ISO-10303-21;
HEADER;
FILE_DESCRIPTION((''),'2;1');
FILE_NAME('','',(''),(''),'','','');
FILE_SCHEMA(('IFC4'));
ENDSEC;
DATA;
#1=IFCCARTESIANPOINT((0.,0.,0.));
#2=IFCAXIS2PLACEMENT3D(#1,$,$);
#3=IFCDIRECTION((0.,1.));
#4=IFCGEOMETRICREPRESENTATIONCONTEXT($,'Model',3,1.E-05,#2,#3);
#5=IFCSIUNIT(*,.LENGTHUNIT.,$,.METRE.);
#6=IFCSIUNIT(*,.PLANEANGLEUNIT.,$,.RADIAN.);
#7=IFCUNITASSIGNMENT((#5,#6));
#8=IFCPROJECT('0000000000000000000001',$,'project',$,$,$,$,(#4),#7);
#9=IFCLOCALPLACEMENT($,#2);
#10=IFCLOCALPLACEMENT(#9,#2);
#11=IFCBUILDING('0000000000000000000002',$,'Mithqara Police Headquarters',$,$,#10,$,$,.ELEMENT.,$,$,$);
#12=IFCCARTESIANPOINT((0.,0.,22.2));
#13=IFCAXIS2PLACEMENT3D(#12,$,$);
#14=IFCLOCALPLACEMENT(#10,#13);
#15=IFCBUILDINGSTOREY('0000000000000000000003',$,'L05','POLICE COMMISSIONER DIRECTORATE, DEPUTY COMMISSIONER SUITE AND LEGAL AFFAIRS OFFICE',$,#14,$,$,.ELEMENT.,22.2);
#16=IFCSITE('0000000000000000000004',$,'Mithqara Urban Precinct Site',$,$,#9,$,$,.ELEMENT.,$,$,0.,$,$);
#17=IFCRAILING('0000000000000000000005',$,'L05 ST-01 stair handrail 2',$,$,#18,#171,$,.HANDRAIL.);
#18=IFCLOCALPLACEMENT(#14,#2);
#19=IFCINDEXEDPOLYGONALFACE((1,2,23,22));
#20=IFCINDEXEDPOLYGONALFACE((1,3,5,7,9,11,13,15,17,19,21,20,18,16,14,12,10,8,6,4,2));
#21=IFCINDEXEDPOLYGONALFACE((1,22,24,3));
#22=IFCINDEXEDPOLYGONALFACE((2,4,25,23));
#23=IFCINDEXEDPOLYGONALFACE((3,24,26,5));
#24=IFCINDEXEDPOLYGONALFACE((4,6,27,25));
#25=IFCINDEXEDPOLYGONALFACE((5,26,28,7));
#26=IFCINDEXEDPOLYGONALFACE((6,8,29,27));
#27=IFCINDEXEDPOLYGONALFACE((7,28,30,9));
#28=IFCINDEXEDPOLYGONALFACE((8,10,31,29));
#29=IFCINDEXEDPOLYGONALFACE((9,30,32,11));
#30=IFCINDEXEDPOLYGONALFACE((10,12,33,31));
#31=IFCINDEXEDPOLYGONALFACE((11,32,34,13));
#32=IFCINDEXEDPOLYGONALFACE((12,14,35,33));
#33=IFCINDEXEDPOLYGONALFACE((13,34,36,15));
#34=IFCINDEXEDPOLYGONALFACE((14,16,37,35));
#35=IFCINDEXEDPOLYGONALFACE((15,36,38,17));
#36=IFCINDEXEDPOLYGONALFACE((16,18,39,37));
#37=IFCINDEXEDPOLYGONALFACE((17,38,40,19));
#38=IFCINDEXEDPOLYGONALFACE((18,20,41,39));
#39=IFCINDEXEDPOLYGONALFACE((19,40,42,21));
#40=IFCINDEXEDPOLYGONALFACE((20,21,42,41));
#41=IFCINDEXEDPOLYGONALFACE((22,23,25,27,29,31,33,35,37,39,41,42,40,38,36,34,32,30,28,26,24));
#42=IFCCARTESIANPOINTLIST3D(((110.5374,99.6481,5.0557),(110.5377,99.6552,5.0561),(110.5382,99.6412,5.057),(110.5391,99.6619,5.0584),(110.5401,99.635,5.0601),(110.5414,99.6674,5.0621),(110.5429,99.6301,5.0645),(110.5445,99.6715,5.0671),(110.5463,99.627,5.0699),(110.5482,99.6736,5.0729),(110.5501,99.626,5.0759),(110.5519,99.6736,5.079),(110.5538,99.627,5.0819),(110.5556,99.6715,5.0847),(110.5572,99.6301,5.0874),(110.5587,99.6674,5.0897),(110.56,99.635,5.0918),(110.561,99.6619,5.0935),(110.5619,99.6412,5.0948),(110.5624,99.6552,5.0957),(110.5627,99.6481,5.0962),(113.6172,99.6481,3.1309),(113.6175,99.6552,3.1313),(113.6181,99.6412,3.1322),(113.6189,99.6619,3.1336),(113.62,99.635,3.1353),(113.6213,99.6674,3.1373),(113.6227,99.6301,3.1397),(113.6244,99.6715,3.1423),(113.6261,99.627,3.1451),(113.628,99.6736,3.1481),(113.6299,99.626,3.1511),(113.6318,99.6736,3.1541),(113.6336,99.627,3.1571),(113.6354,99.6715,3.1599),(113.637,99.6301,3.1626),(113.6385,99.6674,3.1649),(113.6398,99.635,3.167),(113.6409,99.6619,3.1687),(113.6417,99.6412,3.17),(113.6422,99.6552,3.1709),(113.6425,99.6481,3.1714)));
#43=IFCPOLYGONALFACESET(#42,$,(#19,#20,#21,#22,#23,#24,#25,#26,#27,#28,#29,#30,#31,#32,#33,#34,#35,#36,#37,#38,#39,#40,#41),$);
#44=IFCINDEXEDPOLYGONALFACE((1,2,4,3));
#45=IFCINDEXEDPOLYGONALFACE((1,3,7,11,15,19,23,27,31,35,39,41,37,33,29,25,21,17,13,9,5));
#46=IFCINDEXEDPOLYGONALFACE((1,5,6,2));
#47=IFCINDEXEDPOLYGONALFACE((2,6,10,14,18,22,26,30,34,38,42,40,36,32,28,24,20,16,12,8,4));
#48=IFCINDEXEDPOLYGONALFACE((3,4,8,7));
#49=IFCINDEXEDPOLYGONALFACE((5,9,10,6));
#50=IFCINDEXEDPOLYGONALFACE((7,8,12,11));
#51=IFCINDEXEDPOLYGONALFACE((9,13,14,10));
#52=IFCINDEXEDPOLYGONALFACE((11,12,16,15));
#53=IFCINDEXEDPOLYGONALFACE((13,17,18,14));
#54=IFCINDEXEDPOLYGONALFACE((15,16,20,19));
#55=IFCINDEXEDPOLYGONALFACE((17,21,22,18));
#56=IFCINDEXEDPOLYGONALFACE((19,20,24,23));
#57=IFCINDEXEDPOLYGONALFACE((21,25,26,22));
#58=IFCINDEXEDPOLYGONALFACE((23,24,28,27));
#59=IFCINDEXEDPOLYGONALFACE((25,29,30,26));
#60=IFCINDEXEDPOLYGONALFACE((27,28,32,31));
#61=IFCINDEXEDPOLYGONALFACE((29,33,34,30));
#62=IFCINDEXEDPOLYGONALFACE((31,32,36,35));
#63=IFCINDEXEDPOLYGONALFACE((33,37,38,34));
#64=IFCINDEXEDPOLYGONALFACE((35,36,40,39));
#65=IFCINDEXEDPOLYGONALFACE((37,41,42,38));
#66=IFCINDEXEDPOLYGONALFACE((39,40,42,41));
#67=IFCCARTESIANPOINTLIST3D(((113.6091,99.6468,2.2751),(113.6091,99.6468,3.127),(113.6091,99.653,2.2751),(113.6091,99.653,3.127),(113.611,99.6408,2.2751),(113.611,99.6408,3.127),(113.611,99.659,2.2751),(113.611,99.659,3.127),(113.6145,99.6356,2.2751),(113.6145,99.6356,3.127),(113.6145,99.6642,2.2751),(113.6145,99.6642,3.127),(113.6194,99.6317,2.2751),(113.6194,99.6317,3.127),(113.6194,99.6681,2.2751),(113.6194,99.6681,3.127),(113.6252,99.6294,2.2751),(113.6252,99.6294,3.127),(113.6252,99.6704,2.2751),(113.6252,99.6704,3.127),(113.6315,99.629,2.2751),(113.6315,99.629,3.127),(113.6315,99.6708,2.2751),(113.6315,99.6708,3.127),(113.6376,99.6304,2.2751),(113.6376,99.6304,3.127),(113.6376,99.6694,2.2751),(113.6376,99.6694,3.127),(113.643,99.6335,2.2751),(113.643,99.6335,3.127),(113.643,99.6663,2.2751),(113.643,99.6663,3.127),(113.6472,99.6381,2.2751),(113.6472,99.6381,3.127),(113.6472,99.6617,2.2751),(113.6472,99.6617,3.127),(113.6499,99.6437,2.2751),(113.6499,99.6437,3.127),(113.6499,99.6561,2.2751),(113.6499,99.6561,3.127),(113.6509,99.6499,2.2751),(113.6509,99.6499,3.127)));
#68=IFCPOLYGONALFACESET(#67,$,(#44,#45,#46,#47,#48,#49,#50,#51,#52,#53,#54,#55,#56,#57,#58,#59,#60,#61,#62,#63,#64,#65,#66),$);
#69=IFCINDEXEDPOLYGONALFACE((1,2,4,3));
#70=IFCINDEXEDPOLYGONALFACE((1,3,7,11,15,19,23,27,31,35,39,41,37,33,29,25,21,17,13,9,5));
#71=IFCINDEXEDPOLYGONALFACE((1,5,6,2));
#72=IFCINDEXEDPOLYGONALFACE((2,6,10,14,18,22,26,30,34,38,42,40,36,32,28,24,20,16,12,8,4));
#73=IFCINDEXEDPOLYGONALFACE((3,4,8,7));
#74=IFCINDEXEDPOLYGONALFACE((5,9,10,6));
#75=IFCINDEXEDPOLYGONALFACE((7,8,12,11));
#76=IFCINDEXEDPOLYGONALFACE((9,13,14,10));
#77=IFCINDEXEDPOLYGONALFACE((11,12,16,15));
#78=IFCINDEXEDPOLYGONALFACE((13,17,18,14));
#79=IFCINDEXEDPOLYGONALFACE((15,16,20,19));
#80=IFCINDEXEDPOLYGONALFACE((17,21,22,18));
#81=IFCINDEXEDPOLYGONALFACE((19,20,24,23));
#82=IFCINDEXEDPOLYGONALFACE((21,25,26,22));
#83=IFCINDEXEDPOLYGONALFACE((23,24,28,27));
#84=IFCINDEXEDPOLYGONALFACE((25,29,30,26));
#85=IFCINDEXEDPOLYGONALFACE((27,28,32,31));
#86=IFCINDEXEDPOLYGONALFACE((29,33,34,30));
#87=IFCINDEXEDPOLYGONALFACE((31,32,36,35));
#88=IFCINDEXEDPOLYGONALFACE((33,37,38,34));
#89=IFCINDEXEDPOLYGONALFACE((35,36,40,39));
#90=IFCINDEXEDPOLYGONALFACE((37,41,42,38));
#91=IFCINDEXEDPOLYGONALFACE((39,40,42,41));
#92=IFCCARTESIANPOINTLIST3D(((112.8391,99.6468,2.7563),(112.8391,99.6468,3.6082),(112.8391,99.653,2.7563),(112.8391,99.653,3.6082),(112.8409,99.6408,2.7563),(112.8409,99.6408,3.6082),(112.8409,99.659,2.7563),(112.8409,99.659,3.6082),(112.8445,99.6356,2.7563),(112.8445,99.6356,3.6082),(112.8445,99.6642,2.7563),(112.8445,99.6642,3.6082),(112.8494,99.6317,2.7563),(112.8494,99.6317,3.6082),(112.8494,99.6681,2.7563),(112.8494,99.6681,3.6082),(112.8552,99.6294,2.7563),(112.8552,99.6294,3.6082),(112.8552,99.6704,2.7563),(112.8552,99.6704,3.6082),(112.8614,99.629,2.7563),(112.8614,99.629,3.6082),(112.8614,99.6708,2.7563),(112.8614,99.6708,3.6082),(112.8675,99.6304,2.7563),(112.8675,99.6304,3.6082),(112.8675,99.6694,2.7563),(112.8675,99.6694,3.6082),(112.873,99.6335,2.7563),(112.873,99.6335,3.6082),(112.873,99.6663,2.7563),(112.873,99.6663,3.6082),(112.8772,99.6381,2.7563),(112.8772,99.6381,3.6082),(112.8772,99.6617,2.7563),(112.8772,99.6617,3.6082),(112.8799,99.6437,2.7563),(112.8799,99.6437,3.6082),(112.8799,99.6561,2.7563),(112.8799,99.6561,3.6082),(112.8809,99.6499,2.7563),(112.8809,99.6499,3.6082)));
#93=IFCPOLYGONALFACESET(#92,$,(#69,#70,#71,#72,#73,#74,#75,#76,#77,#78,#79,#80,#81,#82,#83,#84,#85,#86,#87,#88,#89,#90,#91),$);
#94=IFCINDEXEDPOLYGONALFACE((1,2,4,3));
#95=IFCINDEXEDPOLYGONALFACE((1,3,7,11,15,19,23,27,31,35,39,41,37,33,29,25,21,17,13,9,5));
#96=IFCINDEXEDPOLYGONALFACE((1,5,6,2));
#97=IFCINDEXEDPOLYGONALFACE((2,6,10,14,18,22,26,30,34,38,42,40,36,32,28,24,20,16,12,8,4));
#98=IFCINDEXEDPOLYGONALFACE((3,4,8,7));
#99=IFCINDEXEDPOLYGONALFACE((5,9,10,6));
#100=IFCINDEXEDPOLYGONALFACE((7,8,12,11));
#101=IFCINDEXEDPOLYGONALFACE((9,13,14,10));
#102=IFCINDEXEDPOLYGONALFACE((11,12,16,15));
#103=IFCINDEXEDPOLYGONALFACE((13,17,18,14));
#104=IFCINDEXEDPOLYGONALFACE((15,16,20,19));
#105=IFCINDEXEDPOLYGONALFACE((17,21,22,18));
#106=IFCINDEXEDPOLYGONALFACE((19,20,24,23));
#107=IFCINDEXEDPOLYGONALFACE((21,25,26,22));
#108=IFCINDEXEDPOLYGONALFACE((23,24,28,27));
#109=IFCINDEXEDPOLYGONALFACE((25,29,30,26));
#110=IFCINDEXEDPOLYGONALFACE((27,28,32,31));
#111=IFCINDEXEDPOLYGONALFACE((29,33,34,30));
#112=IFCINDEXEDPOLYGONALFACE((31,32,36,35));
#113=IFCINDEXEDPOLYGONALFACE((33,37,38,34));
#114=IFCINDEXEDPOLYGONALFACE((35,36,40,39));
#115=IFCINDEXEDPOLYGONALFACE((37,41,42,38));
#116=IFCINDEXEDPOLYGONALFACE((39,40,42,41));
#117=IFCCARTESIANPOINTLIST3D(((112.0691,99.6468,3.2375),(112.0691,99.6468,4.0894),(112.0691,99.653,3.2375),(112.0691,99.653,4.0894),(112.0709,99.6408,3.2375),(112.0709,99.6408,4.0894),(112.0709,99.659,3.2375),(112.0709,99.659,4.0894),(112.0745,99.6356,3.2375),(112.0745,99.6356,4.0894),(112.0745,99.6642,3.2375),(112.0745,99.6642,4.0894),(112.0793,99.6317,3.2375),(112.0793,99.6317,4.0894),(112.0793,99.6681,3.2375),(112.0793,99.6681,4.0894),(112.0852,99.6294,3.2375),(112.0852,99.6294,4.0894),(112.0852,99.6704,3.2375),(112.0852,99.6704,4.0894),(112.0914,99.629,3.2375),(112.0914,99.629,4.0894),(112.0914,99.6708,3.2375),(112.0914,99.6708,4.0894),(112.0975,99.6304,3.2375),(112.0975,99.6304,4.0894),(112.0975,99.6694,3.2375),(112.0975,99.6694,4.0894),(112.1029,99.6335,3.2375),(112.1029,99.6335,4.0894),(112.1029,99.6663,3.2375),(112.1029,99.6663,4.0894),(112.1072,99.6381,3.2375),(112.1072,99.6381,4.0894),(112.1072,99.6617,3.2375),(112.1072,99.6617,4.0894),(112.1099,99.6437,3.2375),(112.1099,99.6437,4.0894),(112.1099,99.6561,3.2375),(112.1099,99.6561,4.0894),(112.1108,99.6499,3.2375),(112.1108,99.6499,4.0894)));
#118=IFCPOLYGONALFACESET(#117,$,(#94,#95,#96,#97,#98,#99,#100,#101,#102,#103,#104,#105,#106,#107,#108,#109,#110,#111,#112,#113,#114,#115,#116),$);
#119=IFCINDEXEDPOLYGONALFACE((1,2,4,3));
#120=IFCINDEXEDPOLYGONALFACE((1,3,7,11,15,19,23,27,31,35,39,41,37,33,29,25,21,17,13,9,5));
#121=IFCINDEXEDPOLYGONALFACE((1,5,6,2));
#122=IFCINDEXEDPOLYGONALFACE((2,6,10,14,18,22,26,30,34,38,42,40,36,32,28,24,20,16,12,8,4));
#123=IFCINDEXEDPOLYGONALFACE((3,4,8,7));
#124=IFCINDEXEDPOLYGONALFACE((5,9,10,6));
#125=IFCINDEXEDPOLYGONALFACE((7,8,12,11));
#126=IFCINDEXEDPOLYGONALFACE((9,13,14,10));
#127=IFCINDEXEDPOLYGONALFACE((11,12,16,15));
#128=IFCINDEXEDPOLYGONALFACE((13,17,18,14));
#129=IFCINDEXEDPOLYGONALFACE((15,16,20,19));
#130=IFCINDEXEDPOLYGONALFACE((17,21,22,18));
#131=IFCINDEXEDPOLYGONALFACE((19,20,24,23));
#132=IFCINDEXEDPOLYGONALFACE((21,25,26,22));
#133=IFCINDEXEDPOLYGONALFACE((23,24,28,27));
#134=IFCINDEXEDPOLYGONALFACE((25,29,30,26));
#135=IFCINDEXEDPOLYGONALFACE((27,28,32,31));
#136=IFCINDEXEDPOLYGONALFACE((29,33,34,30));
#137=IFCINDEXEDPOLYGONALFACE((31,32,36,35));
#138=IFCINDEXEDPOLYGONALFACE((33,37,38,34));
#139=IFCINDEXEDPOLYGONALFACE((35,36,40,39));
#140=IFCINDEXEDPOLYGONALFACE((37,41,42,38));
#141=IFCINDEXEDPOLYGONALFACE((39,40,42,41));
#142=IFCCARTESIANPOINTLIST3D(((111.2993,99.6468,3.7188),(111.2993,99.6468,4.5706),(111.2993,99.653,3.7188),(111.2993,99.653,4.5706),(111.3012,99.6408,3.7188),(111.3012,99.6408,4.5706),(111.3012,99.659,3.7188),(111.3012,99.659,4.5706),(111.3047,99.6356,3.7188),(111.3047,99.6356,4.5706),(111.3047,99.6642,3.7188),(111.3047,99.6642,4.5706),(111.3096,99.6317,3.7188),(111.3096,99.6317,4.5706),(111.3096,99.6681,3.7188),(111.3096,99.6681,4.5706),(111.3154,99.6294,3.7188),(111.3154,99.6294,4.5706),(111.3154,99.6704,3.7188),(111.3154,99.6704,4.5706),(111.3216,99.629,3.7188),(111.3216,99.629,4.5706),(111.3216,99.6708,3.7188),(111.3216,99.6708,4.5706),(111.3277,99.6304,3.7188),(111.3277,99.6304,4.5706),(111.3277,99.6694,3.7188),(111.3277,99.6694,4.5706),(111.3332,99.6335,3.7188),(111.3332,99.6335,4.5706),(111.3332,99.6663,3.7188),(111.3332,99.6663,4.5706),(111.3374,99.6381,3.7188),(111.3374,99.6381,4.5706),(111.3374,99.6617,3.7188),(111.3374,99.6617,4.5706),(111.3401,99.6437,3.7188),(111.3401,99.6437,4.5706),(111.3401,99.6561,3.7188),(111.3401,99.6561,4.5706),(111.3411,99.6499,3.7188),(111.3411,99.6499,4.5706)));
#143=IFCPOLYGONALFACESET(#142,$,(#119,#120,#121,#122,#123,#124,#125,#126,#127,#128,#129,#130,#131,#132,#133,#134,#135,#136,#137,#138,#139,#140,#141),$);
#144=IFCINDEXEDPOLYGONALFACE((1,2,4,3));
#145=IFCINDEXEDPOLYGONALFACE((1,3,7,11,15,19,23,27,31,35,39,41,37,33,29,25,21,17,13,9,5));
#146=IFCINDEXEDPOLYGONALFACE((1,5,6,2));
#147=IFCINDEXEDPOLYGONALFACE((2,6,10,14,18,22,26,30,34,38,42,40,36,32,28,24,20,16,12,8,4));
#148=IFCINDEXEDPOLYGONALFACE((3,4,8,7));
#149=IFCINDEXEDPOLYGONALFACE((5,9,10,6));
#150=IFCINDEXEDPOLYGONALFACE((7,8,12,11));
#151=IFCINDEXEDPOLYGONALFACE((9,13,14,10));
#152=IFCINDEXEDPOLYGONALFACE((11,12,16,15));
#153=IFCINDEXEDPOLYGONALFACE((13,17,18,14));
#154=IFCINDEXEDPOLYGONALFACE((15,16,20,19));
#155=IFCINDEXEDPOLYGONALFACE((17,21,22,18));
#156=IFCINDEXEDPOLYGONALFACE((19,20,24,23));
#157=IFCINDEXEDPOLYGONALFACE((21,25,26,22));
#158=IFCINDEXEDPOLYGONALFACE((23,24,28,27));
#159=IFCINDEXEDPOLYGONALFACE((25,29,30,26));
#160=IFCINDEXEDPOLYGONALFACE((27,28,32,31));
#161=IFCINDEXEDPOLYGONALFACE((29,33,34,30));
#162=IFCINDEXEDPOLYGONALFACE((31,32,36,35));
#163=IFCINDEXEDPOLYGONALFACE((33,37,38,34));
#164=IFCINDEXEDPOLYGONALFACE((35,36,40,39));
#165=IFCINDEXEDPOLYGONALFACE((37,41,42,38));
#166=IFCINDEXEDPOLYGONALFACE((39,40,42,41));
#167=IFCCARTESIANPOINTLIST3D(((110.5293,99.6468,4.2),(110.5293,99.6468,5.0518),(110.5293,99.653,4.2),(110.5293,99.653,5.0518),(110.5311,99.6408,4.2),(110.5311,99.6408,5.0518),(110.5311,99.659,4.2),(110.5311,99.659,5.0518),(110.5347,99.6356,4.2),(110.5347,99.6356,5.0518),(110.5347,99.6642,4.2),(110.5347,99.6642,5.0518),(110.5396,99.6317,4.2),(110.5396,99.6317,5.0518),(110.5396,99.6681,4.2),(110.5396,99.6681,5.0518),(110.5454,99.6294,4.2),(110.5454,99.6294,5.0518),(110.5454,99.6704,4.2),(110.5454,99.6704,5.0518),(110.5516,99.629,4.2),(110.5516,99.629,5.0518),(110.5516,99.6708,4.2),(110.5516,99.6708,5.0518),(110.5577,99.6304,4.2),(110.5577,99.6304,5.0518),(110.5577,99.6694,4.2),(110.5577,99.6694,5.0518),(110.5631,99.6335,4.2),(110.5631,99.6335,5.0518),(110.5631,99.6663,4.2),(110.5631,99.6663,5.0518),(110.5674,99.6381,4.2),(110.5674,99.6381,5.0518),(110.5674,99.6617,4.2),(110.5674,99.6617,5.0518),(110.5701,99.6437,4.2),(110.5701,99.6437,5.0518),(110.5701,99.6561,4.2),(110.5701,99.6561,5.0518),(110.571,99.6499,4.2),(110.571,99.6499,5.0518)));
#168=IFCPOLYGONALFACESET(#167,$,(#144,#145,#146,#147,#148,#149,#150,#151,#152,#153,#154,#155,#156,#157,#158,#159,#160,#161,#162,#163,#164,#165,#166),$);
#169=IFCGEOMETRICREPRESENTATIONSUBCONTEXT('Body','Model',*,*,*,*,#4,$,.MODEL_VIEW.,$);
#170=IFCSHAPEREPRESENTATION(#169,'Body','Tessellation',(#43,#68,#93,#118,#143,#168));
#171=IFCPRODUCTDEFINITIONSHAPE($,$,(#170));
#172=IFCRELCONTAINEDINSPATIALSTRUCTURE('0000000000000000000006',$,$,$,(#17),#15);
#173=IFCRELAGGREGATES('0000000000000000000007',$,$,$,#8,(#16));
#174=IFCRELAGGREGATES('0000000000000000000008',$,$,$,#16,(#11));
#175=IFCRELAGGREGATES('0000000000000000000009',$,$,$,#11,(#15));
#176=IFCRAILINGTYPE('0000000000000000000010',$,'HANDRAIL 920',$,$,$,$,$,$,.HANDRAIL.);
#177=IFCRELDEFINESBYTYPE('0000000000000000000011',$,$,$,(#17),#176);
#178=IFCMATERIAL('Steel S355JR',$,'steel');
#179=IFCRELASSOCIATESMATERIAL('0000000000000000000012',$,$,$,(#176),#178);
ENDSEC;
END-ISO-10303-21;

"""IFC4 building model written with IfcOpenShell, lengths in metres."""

from ifc_helpers import new_model, si_unit, direction, frame, origin, origin_2d, place, context, subcontext, project, spatial, circle, extrude, material, type_object, element, save


model = new_model("IFC4")

# Units and contexts
model_context = context("Model", 3, precision=1e-05, world=origin(), true_north=direction((0.0, 1.0)))
body_context = subcontext(model_context, "Body", "Model", "MODEL_VIEW")
ifc_project = project(units=[si_unit("LENGTHUNIT", "METRE"), si_unit("PLANEANGLEUNIT", "RADIAN")], contexts=[model_context])

# Site, building, storey
site_placement = place(None, origin())
site = spatial("IfcSite", under=ifc_project, at=site_placement, Name="Mithqara Urban Precinct Site", CompositionType="ELEMENT", RefElevation=0.0)
building_placement = place(site_placement, origin())
building = spatial("IfcBuilding", under=site, at=building_placement, Name="Mithqara Police Headquarters", CompositionType="ELEMENT")
storey_placement = place(building_placement, frame((0.0, 0.0, 22.2)))
storey = spatial("IfcBuildingStorey", under=building, at=storey_placement, Name="L05", Description="POLICE COMMISSIONER DIRECTORATE, DEPUTY COMMISSIONER SUITE AND LEGAL AFFAIRS OFFICE", CompositionType="ELEMENT", Elevation=22.2)

# Shared definitions
ifc_material_1 = material(Name="Steel S355JR", Category="steel")

# Railing
railing_type_1 = type_object("IfcRailingType", Name="HANDRAIL 920", PredefinedType="HANDRAIL", material=ifc_material_1)
railing_1_placement = place(storey_placement, frame((113.6299, 99.6499, 2.2751)))
element("IfcRailing", 1, at=railing_1_placement, inside=storey, type_object=railing_type_1, Name="L05 ST-01 stair handrail 2", PredefinedType="HANDRAIL", context=body_context, shape_type="SweptSolid", body=[
    extrude(circle(Radius=0.0239, at=origin_2d()), frame((0.0, 0.0, 0.876), z_axis=(-0.84801, 0.0, 0.529981), x_axis=(0.0, -1.0, 0.0)), (0.0, 0.0, 1.0), 3.6318),
    extrude(circle(Radius=0.021, at=origin_2d()), origin(), (0.0, 0.0, 1.0), 0.8518),
    extrude(circle(Radius=0.021, at=origin_2d()), frame((-0.77, 0.0, 0.4812)), (0.0, 0.0, 1.0), 0.8518),
    extrude(circle(Radius=0.021, at=origin_2d()), frame((-1.54, 0.0, 0.9624)), (0.0, 0.0, 1.0), 0.8518),
    extrude(circle(Radius=0.021, at=origin_2d()), frame((-2.3098, 0.0, 1.4436)), (0.0, 0.0, 1.0), 0.8518),
    extrude(circle(Radius=0.021, at=origin_2d()), frame((-3.0798, 0.0, 1.9248)), (0.0, 0.0, 1.0), 0.8518),
])

save(model, "model.ifc")
